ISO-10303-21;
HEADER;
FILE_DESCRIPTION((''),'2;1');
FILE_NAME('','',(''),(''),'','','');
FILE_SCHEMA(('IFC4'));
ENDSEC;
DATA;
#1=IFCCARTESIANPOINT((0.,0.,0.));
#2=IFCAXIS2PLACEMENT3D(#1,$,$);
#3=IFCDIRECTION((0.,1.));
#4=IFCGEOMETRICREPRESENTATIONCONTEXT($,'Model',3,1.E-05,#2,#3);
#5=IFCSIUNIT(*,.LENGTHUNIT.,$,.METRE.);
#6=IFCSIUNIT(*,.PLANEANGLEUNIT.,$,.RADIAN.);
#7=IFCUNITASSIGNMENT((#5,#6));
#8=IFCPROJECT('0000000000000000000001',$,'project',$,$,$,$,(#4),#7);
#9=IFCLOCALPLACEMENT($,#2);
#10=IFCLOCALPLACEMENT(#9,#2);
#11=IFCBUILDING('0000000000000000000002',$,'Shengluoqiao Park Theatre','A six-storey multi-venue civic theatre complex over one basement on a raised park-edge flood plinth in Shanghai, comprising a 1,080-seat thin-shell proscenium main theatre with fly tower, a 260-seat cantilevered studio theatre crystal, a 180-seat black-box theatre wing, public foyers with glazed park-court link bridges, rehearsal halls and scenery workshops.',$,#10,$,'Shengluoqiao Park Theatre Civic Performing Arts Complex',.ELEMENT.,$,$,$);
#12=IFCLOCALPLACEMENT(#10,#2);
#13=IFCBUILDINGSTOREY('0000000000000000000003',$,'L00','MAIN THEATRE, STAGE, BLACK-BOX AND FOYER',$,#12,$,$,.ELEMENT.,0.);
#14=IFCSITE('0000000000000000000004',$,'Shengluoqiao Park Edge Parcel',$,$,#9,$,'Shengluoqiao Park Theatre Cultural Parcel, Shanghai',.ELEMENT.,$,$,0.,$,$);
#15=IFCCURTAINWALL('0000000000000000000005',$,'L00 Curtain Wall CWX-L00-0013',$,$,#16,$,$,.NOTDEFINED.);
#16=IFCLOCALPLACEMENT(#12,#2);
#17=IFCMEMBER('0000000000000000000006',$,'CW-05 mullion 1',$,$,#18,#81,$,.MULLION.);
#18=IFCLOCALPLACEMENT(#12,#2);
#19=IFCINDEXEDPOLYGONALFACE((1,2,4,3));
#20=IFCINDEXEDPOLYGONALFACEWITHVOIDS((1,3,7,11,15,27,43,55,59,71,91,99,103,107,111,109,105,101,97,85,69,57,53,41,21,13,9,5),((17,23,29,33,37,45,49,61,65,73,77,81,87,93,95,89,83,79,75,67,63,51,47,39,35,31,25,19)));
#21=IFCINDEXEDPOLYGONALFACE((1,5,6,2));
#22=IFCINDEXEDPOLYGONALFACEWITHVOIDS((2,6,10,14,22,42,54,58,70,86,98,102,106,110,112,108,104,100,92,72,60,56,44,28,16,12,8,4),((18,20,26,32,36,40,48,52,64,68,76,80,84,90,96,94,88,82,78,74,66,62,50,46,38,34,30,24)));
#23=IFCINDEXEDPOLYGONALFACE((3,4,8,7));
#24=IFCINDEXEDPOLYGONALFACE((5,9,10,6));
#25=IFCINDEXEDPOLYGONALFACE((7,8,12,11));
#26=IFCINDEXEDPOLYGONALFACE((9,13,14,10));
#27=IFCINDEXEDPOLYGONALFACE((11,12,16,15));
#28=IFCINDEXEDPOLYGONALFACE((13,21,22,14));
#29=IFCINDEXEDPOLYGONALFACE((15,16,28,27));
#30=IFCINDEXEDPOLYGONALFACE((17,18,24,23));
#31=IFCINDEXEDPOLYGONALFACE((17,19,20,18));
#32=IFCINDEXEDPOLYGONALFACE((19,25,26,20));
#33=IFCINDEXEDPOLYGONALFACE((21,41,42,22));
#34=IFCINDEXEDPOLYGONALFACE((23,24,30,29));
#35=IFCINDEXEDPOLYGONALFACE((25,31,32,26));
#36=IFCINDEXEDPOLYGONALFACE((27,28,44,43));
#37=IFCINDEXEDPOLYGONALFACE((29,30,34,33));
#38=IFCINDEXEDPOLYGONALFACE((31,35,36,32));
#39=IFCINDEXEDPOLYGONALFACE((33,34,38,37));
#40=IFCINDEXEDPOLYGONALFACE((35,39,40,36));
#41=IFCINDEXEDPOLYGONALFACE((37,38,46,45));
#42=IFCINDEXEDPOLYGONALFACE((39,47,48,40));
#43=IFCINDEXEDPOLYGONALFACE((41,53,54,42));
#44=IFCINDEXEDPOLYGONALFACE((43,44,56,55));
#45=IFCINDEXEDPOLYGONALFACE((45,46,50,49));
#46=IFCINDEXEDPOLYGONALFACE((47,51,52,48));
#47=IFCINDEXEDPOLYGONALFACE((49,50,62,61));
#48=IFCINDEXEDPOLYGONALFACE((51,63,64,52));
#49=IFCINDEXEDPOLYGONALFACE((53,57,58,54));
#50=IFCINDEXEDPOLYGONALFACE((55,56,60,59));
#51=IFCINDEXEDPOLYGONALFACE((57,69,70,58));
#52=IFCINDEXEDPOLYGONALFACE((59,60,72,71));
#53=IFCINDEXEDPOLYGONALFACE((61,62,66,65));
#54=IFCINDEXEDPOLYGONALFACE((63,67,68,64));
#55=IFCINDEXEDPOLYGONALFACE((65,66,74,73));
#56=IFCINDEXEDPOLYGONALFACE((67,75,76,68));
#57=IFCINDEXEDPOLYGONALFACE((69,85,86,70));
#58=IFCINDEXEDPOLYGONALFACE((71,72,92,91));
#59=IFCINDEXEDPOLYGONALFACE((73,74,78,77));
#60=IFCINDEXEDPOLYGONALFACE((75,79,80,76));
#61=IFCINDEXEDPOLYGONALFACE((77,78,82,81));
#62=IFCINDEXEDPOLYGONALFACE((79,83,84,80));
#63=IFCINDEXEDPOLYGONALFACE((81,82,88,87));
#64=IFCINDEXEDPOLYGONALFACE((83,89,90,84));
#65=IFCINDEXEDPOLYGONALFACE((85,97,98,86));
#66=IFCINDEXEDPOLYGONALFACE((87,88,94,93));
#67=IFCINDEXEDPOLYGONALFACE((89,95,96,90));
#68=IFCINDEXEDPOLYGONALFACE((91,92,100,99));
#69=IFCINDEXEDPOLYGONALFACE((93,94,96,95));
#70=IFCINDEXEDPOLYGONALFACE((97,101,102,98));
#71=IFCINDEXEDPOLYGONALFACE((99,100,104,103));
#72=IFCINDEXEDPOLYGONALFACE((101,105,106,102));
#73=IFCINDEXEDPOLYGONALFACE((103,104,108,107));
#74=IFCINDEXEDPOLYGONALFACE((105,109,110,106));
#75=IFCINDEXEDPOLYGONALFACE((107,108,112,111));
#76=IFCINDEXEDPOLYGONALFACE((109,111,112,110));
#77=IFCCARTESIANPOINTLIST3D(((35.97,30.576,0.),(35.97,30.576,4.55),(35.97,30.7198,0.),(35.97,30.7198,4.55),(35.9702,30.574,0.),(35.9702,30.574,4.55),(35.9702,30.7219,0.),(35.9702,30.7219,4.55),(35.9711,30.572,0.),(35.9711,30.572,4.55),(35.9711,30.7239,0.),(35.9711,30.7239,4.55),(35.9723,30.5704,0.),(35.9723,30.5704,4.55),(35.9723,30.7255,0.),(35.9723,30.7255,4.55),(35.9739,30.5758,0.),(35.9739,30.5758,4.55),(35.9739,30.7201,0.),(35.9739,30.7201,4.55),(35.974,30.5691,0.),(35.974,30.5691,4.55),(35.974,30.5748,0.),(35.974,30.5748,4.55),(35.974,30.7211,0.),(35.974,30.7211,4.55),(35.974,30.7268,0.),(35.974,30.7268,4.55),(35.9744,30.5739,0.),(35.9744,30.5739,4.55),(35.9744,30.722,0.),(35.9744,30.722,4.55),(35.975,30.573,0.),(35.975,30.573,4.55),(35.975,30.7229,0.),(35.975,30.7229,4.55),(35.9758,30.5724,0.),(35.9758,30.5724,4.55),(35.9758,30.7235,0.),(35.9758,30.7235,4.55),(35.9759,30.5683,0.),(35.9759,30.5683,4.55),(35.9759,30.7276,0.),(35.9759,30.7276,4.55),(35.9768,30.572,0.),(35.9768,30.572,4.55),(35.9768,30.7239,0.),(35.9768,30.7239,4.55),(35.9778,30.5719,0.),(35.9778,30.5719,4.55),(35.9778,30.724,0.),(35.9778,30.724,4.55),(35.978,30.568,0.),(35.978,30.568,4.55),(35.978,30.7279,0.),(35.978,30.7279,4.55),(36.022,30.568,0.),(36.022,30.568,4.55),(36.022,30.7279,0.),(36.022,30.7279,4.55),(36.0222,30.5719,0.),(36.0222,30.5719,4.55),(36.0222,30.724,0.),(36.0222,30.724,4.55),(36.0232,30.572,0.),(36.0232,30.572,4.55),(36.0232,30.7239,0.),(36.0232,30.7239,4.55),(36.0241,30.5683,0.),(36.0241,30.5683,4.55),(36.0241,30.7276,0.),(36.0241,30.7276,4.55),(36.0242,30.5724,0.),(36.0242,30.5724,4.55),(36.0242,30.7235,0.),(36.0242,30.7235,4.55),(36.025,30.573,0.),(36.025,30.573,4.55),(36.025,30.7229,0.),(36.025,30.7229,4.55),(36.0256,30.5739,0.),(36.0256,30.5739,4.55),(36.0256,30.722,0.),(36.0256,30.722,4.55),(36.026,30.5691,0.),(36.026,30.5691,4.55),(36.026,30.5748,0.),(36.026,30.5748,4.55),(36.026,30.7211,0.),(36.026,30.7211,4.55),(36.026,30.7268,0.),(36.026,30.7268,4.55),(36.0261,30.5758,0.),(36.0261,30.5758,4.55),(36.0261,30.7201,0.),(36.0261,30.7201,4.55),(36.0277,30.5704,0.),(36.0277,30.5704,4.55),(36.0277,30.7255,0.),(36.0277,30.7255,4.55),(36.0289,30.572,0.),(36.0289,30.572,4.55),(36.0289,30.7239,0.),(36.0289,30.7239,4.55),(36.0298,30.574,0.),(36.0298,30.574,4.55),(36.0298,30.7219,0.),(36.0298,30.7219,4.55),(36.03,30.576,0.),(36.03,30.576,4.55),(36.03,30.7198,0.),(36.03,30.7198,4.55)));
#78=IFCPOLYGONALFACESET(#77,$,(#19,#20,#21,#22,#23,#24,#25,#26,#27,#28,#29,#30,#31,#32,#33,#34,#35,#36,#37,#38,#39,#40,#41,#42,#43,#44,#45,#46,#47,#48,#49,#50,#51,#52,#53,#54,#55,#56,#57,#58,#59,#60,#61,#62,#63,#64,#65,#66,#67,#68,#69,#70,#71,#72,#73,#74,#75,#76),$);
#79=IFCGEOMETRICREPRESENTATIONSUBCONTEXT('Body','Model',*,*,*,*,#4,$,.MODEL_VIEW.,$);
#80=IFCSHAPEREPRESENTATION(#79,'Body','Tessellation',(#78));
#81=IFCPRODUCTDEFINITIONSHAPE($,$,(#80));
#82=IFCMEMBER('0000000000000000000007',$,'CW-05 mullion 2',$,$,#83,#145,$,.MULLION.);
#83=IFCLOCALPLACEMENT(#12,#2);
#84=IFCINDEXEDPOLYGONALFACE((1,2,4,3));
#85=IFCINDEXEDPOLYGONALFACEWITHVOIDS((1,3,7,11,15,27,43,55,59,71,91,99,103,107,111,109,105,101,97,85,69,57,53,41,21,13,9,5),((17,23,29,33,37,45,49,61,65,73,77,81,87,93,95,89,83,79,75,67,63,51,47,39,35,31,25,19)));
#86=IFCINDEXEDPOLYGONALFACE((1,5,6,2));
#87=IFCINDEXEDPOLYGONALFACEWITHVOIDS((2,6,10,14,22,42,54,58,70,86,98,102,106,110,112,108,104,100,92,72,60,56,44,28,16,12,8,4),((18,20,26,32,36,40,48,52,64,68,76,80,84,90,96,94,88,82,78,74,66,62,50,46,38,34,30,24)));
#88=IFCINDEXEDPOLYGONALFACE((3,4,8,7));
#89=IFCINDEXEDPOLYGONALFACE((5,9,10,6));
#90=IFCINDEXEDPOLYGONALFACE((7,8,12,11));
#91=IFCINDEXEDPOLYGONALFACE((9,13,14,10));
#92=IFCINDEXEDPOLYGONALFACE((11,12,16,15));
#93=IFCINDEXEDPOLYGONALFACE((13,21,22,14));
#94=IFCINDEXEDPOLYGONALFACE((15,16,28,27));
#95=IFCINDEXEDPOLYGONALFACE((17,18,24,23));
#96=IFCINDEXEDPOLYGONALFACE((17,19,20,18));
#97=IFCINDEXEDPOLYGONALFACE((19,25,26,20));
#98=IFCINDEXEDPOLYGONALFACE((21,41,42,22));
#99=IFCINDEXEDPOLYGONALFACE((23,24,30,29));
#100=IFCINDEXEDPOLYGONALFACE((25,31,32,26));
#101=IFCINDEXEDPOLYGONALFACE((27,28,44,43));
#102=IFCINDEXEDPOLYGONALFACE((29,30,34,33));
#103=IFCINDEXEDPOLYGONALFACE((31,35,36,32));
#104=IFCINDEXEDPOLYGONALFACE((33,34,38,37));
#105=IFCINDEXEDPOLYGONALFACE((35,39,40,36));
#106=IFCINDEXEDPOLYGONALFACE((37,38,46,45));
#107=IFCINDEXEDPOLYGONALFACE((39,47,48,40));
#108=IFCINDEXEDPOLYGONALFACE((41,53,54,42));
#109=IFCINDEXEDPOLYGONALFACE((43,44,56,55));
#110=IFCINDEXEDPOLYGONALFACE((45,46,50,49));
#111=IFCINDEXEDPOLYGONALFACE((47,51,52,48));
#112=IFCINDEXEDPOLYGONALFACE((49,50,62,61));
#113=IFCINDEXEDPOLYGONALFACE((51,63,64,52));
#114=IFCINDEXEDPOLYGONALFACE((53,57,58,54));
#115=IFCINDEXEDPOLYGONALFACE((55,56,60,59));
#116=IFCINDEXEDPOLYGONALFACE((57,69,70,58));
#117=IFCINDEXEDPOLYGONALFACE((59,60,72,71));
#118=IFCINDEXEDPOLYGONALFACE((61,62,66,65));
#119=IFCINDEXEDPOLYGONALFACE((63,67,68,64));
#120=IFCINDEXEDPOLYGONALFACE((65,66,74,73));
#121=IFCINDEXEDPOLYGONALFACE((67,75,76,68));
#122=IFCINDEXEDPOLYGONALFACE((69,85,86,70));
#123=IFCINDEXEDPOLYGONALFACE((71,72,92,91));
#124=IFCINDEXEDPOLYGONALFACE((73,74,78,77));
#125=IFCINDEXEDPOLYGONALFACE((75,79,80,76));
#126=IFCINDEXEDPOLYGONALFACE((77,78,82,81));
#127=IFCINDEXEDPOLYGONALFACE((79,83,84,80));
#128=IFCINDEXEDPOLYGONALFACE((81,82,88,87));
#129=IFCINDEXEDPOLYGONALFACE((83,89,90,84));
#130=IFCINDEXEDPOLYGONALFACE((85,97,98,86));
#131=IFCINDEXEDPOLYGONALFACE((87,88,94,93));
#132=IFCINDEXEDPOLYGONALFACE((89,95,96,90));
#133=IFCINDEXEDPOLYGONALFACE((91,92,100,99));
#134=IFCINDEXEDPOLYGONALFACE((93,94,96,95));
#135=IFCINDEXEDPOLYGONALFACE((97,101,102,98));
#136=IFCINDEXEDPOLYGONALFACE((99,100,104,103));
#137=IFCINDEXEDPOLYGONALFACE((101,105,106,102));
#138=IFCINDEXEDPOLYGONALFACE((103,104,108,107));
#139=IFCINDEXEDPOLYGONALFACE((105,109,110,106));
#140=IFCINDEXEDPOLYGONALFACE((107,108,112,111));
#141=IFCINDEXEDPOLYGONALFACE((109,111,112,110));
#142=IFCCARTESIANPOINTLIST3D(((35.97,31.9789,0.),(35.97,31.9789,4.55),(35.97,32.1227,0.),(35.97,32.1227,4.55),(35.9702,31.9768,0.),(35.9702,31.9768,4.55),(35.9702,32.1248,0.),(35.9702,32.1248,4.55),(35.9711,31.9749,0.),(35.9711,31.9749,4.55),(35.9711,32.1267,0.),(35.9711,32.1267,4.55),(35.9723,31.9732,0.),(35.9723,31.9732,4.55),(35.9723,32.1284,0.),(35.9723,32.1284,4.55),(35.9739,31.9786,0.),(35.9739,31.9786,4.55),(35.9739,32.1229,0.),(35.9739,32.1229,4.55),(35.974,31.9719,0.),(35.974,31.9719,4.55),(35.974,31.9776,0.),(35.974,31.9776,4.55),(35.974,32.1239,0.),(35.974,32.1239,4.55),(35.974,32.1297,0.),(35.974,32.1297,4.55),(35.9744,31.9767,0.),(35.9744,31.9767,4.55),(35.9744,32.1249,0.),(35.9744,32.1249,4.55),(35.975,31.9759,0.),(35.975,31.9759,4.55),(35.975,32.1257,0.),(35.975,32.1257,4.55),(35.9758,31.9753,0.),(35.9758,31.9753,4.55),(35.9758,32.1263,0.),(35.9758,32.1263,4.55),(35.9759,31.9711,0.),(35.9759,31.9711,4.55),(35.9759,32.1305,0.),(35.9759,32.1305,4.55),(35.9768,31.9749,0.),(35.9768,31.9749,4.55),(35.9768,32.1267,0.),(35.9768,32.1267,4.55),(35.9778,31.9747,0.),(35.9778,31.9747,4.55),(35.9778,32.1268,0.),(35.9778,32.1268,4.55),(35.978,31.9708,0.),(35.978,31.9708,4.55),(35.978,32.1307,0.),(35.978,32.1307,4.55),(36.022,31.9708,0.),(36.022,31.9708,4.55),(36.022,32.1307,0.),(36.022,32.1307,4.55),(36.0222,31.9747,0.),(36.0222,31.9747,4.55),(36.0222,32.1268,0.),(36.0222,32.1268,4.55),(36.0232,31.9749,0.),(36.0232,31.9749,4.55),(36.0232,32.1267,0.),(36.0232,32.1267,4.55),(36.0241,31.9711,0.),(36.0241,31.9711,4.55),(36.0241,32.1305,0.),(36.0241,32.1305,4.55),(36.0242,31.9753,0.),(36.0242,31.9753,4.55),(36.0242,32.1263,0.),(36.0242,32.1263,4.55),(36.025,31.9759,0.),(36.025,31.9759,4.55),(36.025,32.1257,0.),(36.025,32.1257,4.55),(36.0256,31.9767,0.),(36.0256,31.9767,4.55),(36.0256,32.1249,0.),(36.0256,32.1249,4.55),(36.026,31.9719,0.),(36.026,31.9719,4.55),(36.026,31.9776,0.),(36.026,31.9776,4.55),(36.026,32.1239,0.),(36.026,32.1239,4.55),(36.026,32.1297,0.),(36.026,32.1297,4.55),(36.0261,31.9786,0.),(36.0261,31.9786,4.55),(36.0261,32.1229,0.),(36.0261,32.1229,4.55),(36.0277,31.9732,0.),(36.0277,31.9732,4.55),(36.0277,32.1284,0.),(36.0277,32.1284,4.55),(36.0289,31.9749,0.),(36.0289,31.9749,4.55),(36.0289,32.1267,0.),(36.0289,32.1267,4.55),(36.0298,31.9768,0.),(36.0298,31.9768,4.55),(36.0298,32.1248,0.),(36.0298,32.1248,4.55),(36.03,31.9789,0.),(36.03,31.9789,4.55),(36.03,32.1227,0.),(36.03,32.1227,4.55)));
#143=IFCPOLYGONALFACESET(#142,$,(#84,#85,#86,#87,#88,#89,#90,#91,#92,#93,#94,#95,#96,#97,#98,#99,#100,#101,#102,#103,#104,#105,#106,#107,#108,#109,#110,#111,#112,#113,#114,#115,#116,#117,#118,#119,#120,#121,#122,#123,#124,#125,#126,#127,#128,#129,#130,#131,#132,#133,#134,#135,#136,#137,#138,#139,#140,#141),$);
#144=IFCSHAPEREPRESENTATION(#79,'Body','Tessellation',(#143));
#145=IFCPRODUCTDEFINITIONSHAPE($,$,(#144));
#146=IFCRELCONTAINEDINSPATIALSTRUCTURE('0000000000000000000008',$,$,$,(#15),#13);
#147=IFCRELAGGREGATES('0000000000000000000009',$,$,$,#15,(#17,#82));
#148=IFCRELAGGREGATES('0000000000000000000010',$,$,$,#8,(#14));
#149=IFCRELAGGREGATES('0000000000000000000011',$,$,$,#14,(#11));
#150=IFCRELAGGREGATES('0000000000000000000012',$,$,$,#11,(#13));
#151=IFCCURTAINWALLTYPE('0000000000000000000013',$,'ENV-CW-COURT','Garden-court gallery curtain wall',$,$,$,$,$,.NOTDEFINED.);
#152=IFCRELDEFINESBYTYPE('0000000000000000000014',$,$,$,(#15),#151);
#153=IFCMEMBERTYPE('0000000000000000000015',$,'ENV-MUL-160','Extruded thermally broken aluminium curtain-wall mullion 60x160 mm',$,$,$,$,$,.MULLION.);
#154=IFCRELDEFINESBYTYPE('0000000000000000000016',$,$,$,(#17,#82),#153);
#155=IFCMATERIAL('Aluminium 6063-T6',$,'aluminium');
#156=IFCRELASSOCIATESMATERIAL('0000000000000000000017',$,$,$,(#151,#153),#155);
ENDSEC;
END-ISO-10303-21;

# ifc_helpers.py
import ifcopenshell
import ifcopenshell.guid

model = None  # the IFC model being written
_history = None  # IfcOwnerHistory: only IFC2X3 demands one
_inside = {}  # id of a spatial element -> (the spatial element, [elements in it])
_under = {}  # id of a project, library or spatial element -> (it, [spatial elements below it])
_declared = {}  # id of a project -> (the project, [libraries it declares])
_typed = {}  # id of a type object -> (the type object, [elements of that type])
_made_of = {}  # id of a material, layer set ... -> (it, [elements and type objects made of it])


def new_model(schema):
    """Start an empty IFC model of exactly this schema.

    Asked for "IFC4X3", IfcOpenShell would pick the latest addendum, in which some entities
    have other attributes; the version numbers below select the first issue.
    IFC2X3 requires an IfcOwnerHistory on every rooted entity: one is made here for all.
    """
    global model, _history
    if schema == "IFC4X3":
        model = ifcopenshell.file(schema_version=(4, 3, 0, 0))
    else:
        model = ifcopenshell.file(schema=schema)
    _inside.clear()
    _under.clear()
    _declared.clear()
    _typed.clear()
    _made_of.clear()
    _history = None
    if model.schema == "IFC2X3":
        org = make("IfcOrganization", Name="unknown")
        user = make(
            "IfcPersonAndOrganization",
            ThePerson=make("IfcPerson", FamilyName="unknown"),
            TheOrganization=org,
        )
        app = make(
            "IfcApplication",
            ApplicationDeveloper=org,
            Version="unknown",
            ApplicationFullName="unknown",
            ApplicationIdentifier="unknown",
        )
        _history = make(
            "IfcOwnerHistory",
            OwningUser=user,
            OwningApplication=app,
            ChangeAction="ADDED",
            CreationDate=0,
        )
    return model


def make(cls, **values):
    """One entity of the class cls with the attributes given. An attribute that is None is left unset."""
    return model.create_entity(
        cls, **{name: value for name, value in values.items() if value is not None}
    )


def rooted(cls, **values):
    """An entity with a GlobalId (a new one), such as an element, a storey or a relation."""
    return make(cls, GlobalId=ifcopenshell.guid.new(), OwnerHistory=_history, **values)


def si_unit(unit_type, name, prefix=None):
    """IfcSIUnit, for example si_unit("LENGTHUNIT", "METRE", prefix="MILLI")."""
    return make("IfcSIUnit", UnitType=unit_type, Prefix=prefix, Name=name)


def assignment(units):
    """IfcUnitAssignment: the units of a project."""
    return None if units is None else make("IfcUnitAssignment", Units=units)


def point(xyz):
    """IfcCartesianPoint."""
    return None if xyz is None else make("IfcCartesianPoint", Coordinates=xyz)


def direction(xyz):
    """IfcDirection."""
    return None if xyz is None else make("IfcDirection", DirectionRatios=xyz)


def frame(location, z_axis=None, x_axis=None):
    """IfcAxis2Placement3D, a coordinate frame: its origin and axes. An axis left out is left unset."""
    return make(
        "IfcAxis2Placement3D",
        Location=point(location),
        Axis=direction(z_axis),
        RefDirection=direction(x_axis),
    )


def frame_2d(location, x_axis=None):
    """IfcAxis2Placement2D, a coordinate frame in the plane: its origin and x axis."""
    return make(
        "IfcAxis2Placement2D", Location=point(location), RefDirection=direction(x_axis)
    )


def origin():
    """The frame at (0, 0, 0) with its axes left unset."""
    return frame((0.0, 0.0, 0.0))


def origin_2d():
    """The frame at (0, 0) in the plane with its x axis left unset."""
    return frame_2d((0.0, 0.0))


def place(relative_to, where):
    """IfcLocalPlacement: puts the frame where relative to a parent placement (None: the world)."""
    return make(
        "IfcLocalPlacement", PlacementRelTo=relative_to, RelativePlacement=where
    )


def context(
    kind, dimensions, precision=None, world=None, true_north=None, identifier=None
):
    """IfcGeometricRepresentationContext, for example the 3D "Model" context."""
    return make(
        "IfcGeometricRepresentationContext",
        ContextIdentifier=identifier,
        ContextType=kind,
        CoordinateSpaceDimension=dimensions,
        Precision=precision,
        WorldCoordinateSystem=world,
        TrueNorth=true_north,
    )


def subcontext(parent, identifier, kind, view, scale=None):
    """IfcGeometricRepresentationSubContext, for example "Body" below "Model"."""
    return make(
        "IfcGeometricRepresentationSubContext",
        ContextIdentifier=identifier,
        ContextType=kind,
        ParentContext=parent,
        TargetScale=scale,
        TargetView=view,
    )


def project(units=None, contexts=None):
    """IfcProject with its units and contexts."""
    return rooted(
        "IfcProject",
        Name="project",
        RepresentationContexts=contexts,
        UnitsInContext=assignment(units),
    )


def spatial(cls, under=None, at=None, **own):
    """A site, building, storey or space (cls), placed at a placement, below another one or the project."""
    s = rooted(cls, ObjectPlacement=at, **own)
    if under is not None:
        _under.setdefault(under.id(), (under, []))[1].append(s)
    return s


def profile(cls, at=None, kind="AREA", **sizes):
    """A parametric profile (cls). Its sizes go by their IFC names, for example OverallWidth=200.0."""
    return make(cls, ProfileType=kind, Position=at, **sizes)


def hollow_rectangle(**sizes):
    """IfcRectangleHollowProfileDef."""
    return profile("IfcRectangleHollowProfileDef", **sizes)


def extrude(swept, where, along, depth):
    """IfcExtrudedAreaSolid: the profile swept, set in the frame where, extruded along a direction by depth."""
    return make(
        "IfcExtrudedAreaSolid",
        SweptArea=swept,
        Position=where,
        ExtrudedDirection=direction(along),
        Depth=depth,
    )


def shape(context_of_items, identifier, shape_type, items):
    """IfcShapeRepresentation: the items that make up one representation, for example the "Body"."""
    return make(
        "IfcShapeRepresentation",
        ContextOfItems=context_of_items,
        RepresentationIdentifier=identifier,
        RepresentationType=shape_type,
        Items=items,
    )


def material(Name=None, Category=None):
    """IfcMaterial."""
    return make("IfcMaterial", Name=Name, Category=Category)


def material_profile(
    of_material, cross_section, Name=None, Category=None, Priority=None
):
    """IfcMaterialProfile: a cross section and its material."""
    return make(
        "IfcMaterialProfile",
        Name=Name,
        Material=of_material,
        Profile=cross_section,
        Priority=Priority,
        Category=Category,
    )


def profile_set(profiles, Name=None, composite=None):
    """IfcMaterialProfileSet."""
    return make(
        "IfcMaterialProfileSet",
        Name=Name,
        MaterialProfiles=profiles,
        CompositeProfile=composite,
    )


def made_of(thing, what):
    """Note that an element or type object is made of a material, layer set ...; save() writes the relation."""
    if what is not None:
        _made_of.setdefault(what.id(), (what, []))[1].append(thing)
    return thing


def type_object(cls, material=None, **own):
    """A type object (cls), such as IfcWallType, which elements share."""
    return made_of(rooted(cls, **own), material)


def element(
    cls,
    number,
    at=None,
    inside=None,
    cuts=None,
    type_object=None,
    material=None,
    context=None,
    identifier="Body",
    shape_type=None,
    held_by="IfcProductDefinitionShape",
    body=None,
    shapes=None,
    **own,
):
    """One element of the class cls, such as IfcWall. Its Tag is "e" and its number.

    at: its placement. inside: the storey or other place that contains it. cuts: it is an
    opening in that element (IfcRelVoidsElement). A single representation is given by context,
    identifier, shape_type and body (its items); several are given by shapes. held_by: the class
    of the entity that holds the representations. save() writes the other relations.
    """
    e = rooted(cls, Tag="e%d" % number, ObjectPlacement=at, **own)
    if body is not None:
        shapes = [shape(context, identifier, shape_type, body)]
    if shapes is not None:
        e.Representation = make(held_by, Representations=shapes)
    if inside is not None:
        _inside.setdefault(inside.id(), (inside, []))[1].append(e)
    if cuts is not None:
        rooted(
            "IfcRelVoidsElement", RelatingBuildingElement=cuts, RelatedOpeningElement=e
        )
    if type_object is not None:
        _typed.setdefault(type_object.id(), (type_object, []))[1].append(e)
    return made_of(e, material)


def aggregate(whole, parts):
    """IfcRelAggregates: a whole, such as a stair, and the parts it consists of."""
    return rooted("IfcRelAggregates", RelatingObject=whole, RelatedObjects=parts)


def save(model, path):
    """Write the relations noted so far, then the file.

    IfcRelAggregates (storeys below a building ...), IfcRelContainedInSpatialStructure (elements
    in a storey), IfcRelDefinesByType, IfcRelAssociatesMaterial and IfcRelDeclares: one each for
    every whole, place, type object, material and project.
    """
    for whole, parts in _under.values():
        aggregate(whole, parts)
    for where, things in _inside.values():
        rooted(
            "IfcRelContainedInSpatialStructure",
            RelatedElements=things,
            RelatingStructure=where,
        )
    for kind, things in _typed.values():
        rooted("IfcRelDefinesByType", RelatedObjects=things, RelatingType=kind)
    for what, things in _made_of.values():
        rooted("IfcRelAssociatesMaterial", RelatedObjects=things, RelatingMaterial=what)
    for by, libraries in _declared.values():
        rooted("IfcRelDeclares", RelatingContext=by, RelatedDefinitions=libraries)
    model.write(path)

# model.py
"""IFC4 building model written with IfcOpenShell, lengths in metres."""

from ifc_helpers import new_model, si_unit, direction, frame, origin, origin_2d, place, context, subcontext, project, spatial, hollow_rectangle, extrude, material, material_profile, profile_set, type_object, element, aggregate, save


model = new_model("IFC4")

# Units and contexts
model_context = context("Model", 3, precision=1e-05, world=origin(), true_north=direction((0.0, 1.0)))
body_context = subcontext(model_context, "Body", "Model", "MODEL_VIEW")
ifc_project = project(units=[si_unit("LENGTHUNIT", "METRE"), si_unit("PLANEANGLEUNIT", "RADIAN")], contexts=[model_context])

# Site, building, storey
site_placement = place(None, origin())
site = spatial("IfcSite", under=ifc_project, at=site_placement, Name="Shengluoqiao Park Edge Parcel", LongName="Shengluoqiao Park Theatre Cultural Parcel, Shanghai", CompositionType="ELEMENT", RefElevation=0.0)
building_placement = place(site_placement, origin())
building = spatial("IfcBuilding", under=site, at=building_placement, Name="Shengluoqiao Park Theatre", Description="A six-storey multi-venue civic theatre complex over one basement on a raised park-edge flood plinth in Shanghai, comprising a 1,080-seat thin-shell proscenium main theatre with fly tower, a 260-seat cantilevered studio theatre crystal, a 180-seat black-box theatre wing, public foyers with glazed park-court link bridges, rehearsal halls and scenery workshops.", LongName="Shengluoqiao Park Theatre Civic Performing Arts Complex", CompositionType="ELEMENT")
storey_placement = place(building_placement, origin())
storey = spatial("IfcBuildingStorey", under=building, at=storey_placement, Name="L00", Description="MAIN THEATRE, STAGE, BLACK-BOX AND FOYER", CompositionType="ELEMENT", Elevation=0.0)

# Curtain wall, members
ifc_material_1 = material(Name="Aluminium 6063-T6", Category="aluminium")
curtain_wall_type = type_object("IfcCurtainWallType", Name="ENV-CW-COURT", Description="Garden-court gallery curtain wall", PredefinedType="NOTDEFINED", material=ifc_material_1)
curtain_wall_placement = place(storey_placement, origin())
curtain_wall = element("IfcCurtainWall", 1, at=curtain_wall_placement, inside=storey, type_object=curtain_wall_type, Name="L00 Curtain Wall CWX-L00-0013", PredefinedType="NOTDEFINED")
ifc_material_profile_1 = material_profile(ifc_material_1, hollow_rectangle(XDim=0.0601, YDim=0.1599, WallThickness=0.0039, InnerFilletRadius=0.0039, OuterFilletRadius=0.0081, at=origin_2d()), Name="ALU MULLION 160x60x4")
ifc_profile_set_1 = profile_set([ifc_material_profile_1], Name="Aluminium 6063-T6")
member_type_1 = type_object("IfcMemberType", Name="ENV-MUL-160", Description="Extruded thermally broken aluminium curtain-wall mullion 60x160 mm", PredefinedType="MULLION", material=ifc_profile_set_1)
member_1_placement = place(storey_placement, frame((36.0, 30.6479, 0.0), z_axis=(0.0, 0.0, 1.0), x_axis=(-1.0, 0.0, 0.0)))
member_1 = element("IfcMember", 2, at=member_1_placement, type_object=member_type_1, Name="CW-05 mullion 1", PredefinedType="MULLION", context=body_context, shape_type="SweptSolid", body=[
    extrude(hollow_rectangle(XDim=0.0601, YDim=0.1599, WallThickness=0.0039, InnerFilletRadius=0.0039, OuterFilletRadius=0.0081, at=origin_2d()), origin(), (0.0, 0.0, 1.0), 4.55),
])
member_2_placement = place(storey_placement, frame((36.0, 32.0508, 0.0), z_axis=(0.0, 0.0, 1.0), x_axis=(-1.0, 0.0, 0.0)))
member_2 = element("IfcMember", 3, at=member_2_placement, type_object=member_type_1, Name="CW-05 mullion 2", PredefinedType="MULLION", context=body_context, shape_type="SweptSolid", body=[
    extrude(hollow_rectangle(XDim=0.0601, YDim=0.1599, WallThickness=0.0039, InnerFilletRadius=0.0039, OuterFilletRadius=0.0081, at=origin_2d()), origin(), (0.0, 0.0, 1.0), 4.55),
])
aggregate(curtain_wall, [member_1, member_2])

save(model, "model.ifc")
